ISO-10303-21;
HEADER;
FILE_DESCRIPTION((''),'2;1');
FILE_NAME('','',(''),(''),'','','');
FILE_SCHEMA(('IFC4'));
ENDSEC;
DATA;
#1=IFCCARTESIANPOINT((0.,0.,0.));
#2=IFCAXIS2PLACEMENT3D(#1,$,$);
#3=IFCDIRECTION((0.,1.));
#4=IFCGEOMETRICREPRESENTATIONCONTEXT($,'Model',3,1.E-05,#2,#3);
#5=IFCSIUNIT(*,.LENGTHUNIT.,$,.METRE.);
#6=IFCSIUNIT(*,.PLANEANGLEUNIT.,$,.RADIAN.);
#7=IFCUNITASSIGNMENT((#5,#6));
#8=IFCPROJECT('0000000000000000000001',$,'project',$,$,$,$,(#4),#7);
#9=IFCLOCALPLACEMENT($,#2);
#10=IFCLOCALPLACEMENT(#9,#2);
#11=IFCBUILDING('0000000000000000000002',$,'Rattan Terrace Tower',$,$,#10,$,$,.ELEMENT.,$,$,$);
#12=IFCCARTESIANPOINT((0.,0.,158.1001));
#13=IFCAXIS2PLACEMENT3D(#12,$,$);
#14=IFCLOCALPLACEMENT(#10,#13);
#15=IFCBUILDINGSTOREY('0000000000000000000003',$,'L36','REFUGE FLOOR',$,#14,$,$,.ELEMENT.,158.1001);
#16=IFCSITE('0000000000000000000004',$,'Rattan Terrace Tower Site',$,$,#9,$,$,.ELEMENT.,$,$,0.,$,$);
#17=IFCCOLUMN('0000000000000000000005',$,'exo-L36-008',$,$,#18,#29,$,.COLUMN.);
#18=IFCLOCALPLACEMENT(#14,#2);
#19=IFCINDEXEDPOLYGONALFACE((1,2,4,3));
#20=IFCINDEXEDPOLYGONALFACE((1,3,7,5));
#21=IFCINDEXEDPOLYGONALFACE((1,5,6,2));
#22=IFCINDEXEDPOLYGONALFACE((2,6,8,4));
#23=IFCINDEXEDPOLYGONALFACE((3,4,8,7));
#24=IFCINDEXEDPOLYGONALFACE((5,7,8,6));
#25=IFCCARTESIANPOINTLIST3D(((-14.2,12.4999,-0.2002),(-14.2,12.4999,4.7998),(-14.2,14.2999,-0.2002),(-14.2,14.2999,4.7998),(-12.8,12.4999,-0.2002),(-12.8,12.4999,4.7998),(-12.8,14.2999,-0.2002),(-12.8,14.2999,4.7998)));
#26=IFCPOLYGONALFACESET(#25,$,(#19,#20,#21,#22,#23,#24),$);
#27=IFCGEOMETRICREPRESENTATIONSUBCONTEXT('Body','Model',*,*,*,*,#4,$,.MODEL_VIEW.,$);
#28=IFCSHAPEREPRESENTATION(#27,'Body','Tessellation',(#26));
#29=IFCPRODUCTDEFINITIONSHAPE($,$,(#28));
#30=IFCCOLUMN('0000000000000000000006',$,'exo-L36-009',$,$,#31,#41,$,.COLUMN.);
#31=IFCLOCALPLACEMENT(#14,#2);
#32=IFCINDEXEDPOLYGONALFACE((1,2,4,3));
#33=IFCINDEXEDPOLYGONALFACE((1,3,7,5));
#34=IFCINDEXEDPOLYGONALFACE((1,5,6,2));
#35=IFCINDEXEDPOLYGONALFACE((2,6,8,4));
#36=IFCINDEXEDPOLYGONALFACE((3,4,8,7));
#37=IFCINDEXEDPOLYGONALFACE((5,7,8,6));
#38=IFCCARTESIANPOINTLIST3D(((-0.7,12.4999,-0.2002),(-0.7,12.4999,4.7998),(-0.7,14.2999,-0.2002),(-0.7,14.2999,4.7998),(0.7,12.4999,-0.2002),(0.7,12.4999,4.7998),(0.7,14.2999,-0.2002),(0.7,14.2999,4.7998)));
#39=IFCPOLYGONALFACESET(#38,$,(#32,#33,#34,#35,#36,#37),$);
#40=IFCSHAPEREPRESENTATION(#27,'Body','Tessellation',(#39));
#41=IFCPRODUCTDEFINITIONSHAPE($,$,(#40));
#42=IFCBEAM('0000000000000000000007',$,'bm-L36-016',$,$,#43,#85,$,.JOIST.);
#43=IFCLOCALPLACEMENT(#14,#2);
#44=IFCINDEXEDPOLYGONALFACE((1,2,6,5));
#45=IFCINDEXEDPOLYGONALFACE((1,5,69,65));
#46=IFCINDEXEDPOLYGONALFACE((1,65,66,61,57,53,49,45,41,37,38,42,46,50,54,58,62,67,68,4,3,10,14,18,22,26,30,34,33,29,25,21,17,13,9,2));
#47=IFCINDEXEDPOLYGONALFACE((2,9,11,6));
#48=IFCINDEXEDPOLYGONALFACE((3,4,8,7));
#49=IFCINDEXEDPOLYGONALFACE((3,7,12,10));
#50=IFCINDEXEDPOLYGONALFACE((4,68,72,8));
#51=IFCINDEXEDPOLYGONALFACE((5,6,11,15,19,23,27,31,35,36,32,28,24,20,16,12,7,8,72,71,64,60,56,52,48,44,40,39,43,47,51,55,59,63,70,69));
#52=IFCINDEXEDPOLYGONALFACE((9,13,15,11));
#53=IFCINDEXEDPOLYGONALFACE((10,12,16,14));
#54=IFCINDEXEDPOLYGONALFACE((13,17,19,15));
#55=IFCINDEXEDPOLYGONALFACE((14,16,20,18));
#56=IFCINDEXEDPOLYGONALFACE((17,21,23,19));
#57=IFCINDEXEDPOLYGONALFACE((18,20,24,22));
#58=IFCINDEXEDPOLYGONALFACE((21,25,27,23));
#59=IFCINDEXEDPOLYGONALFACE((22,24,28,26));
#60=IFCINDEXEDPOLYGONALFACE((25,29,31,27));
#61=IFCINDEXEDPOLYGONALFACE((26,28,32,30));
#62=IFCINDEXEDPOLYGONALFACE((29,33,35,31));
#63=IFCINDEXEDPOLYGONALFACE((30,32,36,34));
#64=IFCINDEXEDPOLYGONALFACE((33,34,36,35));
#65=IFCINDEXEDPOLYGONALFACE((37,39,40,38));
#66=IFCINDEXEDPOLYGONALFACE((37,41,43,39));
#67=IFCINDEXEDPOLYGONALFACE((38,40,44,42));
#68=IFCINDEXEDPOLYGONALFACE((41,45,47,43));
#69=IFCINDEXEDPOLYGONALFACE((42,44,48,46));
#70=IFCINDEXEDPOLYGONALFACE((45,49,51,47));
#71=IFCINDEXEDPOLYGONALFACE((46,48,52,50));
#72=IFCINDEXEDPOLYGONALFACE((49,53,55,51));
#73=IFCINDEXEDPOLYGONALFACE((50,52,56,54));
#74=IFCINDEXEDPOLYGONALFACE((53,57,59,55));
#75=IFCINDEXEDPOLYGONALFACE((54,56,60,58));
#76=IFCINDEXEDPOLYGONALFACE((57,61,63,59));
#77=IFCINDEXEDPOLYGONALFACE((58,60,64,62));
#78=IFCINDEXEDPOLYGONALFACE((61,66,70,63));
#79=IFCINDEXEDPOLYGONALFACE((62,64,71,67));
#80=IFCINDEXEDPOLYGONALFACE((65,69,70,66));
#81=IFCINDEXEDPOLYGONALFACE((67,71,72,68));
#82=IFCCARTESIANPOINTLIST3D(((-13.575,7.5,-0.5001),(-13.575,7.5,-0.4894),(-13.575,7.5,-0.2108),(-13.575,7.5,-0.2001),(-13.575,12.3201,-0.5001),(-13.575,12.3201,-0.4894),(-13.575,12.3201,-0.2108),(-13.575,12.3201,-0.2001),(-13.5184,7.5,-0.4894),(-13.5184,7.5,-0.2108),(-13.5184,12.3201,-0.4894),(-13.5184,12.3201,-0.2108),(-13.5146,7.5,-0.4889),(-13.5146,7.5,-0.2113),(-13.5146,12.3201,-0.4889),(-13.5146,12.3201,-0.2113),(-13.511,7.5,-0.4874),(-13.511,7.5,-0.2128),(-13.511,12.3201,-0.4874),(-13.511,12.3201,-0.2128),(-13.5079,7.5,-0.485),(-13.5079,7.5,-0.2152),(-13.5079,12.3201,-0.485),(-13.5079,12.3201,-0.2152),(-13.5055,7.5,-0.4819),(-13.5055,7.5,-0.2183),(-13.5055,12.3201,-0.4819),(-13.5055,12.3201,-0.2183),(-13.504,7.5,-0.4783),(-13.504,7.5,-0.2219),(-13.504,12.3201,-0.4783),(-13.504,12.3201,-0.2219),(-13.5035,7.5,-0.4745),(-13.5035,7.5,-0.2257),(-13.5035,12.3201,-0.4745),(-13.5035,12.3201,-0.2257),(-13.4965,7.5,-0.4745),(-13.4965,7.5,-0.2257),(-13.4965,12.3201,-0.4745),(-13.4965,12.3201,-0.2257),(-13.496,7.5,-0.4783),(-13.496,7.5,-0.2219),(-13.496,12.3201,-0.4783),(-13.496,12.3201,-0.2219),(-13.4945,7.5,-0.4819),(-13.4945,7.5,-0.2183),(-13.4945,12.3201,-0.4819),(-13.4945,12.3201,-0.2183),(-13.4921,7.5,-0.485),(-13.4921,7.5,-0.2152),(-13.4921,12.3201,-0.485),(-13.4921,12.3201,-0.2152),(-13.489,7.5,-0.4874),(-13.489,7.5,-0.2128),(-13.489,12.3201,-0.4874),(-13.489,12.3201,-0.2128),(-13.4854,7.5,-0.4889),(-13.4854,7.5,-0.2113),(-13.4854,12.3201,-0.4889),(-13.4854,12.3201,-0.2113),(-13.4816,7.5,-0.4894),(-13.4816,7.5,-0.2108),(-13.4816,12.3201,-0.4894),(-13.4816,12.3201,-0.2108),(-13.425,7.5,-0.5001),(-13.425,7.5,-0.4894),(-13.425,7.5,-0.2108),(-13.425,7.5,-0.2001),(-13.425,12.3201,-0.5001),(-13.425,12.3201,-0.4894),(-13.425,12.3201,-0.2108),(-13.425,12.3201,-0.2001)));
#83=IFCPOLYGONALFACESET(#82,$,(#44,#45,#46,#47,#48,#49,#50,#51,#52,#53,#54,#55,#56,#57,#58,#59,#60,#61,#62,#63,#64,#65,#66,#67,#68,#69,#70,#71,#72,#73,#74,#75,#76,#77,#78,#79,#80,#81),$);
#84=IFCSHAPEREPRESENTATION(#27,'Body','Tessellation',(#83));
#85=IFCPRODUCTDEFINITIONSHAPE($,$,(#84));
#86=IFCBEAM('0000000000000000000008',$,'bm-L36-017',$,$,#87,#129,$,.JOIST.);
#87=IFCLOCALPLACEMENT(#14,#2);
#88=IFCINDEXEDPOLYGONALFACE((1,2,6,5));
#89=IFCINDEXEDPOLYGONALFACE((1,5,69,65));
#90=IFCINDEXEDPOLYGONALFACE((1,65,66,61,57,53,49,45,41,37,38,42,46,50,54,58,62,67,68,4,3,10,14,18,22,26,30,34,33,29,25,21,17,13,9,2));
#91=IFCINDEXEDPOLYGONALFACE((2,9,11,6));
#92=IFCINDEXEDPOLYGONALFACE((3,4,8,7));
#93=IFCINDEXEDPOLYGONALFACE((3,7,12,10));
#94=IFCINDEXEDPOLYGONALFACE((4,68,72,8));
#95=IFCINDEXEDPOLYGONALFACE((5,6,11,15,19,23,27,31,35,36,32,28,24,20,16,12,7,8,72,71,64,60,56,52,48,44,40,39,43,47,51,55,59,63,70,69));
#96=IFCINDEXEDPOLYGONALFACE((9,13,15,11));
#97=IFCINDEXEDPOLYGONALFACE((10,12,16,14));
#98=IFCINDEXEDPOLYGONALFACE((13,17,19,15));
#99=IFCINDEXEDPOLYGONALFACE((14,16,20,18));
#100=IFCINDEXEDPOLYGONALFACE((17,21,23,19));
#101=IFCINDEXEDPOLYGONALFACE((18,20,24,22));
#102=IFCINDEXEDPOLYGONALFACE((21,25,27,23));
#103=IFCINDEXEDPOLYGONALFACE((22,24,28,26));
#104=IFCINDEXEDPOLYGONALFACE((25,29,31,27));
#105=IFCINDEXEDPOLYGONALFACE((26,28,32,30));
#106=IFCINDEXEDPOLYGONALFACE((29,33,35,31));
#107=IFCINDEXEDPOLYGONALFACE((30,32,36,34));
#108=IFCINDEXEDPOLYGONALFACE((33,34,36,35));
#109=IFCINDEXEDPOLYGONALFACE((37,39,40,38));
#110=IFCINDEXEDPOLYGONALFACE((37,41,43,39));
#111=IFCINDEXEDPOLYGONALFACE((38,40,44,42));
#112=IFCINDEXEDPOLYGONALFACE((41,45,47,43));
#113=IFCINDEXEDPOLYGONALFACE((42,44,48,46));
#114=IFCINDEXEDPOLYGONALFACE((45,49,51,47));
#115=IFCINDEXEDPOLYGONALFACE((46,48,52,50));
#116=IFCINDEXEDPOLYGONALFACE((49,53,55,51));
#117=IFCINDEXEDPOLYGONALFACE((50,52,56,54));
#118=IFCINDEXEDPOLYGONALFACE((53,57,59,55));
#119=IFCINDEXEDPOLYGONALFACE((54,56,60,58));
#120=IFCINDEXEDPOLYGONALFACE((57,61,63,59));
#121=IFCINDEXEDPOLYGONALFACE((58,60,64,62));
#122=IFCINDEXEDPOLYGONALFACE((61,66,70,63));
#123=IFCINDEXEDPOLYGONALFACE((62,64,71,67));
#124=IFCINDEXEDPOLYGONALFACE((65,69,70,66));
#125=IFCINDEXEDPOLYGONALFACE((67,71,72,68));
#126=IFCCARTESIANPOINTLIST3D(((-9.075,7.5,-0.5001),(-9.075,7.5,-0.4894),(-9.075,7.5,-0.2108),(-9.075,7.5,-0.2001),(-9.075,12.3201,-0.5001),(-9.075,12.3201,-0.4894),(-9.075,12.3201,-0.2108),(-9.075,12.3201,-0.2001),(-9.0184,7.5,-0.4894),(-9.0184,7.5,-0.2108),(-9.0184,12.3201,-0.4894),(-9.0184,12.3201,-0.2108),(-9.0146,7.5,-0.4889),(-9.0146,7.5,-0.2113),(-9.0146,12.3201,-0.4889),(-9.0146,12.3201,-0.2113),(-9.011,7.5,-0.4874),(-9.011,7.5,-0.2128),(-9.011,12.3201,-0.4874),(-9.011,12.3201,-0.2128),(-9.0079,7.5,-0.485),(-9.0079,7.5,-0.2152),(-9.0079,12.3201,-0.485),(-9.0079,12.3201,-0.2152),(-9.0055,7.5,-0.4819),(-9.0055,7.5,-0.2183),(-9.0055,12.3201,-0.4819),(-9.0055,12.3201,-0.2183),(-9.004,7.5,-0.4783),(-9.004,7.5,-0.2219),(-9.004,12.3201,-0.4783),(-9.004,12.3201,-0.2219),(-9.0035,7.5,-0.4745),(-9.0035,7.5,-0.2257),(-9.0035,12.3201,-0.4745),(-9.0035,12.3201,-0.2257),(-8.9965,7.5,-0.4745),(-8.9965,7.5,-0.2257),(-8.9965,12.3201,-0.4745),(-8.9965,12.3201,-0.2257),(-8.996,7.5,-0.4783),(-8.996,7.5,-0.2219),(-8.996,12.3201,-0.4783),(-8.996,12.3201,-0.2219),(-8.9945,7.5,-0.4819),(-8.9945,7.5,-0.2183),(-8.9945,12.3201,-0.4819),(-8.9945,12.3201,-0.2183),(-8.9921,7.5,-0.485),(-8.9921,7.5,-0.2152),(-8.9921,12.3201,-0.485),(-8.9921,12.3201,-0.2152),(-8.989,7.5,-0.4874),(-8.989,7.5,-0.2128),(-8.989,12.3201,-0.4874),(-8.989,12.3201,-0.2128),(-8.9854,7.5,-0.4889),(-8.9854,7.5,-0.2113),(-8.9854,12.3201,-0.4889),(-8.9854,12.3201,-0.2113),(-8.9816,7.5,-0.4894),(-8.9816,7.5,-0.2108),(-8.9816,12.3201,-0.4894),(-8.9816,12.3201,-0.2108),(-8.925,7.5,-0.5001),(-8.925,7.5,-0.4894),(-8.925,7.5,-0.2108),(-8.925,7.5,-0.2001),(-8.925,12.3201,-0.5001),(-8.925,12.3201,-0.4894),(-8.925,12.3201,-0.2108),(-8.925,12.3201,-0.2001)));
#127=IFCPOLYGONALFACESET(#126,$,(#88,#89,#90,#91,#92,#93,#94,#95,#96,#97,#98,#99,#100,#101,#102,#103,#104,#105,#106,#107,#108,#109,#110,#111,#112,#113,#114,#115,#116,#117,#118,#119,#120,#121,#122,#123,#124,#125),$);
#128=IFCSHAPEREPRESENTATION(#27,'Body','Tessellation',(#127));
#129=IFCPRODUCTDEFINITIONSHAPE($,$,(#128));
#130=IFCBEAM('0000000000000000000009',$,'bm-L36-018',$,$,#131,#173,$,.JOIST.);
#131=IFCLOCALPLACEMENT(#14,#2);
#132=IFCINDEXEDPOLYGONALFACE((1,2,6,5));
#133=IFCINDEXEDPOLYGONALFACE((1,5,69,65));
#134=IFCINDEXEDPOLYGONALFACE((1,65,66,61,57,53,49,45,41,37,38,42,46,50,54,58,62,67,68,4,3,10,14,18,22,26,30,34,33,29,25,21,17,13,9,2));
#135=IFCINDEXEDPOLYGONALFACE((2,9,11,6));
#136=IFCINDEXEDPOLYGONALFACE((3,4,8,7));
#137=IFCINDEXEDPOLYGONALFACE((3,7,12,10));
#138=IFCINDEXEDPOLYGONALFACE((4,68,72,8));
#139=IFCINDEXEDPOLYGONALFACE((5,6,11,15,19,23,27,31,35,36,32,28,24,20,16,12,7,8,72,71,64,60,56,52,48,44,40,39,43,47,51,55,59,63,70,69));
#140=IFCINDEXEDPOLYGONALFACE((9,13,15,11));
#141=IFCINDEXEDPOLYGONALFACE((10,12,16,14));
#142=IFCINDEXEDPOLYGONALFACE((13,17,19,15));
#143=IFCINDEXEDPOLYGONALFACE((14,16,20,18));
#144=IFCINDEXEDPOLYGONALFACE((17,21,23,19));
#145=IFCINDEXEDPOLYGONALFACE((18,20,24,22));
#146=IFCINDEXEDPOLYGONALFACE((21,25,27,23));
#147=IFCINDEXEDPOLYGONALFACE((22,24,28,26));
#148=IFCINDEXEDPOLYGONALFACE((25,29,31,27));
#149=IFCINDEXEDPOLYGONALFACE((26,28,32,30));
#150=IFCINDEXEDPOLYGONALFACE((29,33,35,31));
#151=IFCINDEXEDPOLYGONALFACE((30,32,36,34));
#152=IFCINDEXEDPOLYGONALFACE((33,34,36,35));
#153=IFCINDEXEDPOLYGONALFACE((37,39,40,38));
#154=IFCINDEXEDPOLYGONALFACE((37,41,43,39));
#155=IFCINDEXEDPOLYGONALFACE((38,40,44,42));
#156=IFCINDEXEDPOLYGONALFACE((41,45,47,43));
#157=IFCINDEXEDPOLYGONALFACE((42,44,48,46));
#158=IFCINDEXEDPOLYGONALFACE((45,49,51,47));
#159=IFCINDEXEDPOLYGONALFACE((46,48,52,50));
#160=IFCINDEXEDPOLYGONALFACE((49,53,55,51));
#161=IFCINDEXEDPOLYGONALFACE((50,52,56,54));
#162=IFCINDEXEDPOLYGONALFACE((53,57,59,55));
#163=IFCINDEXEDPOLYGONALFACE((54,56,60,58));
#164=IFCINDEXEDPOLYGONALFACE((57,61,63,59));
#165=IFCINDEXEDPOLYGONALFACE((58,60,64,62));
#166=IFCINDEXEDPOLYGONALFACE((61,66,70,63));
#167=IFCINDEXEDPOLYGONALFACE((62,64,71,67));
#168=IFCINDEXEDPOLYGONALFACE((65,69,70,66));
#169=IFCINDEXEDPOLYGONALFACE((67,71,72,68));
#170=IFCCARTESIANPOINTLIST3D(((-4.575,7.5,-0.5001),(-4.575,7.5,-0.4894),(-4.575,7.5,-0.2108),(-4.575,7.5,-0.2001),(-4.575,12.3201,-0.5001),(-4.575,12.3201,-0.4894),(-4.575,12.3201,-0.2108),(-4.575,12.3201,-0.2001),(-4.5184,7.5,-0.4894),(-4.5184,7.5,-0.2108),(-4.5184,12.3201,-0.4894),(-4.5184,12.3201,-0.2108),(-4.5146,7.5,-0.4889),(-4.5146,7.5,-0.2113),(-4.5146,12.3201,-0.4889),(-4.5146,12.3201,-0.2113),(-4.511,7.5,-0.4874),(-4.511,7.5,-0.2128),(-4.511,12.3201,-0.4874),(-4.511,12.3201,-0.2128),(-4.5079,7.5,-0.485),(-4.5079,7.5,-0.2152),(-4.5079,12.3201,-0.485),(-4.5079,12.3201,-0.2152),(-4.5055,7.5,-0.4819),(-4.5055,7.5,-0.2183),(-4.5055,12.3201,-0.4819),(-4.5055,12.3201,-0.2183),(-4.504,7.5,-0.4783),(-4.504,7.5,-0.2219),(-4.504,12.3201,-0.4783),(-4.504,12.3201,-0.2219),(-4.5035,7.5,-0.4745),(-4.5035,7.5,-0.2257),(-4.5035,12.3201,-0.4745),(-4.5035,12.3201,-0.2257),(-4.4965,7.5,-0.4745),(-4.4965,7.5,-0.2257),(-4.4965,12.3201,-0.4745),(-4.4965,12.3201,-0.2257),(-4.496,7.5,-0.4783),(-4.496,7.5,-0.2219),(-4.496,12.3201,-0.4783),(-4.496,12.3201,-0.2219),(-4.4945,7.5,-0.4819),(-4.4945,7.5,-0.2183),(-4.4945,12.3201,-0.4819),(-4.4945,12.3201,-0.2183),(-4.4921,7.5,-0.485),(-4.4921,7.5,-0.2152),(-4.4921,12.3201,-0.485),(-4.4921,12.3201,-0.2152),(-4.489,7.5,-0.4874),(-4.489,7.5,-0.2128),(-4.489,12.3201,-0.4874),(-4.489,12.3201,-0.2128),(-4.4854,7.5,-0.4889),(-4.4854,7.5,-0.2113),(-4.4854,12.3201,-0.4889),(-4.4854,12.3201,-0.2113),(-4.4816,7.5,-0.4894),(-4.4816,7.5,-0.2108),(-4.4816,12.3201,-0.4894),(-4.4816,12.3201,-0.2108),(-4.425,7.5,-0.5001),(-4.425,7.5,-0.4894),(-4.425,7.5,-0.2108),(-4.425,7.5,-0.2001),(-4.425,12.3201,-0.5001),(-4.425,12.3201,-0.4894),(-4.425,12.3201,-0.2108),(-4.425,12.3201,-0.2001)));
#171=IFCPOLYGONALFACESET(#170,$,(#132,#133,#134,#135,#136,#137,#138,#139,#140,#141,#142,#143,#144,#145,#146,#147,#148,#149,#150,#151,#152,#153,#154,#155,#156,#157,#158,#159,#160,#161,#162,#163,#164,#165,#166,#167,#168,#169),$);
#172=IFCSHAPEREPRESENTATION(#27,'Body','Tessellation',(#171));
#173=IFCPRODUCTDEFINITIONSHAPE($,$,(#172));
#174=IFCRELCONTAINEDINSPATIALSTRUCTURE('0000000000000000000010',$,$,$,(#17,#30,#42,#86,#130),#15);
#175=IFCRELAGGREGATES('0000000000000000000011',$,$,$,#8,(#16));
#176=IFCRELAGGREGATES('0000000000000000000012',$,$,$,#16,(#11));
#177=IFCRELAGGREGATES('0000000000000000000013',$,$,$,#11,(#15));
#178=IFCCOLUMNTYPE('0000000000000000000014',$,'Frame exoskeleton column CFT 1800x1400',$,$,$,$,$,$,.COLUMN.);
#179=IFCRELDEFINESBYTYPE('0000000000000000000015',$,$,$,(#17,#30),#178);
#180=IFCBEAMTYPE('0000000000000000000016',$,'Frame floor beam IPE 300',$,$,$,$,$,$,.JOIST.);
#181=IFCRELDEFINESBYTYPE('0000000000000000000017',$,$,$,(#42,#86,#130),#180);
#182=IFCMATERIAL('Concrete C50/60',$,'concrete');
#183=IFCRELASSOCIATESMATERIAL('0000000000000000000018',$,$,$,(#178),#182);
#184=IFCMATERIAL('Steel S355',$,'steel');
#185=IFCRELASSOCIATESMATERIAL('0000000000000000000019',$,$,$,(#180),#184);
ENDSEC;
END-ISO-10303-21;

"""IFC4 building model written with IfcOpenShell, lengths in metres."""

from ifc_helpers import new_model, si_unit, direction, frame, origin, origin_2d, place, context, subcontext, project, spatial, rectangle, i_section, extrude, material, material_profile, profile_set, type_object, element, save


model = new_model("IFC4")

# Units and contexts
model_context = context("Model", 3, precision=1e-05, world=origin(), true_north=direction((0.0, 1.0)))
body_context = subcontext(model_context, "Body", "Model", "MODEL_VIEW")
ifc_project = project(units=[si_unit("LENGTHUNIT", "METRE"), si_unit("PLANEANGLEUNIT", "RADIAN")], contexts=[model_context])

# Site, building, storey
site_placement = place(None, origin())
site = spatial("IfcSite", under=ifc_project, at=site_placement, Name="Rattan Terrace Tower Site", CompositionType="ELEMENT", RefElevation=0.0)
building_placement = place(site_placement, origin())
building = spatial("IfcBuilding", under=site, at=building_placement, Name="Rattan Terrace Tower", CompositionType="ELEMENT")
storey_placement = place(building_placement, frame((0.0, 0.0, 158.1001)))
storey = spatial("IfcBuildingStorey", under=building, at=storey_placement, Name="L36", Description="REFUGE FLOOR", CompositionType="ELEMENT", Elevation=158.1001)

# Columns
ifc_material_1 = material(Name="Concrete C50/60", Category="concrete")
ifc_material_profile_1 = material_profile(ifc_material_1, rectangle(XDim=1.3999, YDim=1.8, at=origin_2d()), Name="CFT 1800x1400")
ifc_profile_set_1 = profile_set([ifc_material_profile_1], Name="Concrete C50/60")
column_type = type_object("IfcColumnType", Name="Frame exoskeleton column CFT 1800x1400", PredefinedType="COLUMN", material=ifc_profile_set_1)
for number, where, z_axis, x_axis, name in (
    (1, (-13.5, 13.3999, -0.2002), (0.0, 0.0, 1.0), (1.0, 0.0, 0.0), "exo-L36-008"),
    (2, (0.0, 13.3999, -0.2002), (0.0, 0.0, 1.0), (1.0, 0.0, 0.0), "exo-L36-009"),
):
    element("IfcColumn", number, at=place(storey_placement, frame(where, z_axis=z_axis, x_axis=x_axis)), inside=storey, type_object=column_type, Name=name, PredefinedType="COLUMN", context=body_context, shape_type="SweptSolid", body=[
        extrude(rectangle(XDim=1.3999, YDim=1.8, at=origin_2d()), origin(), (0.0, 0.0, 1.0), 5.0),
    ])

# Beams
ifc_material_2 = material(Name="Steel S355", Category="steel")
ifc_material_profile_2 = material_profile(ifc_material_2, i_section(OverallWidth=0.1499, OverallDepth=0.3, WebThickness=0.0071, FlangeThickness=0.0107, FilletRadius=0.0149, at=origin_2d()), Name="IPE 300")
ifc_profile_set_2 = profile_set([ifc_material_profile_2], Name="Steel S355")
beam_type_1 = type_object("IfcBeamType", Name="Frame floor beam IPE 300", PredefinedType="JOIST", material=ifc_profile_set_2)
for number, where, z_axis, x_axis, name in (
    (3, (-13.5, 7.5, -0.3501), (0.0, 1.0, 0.0), (-1.0, 0.0, 0.0), "bm-L36-016"),
    (4, (-9.0, 7.5, -0.3501), (0.0, 1.0, 0.0), (-1.0, 0.0, 0.0), "bm-L36-017"),
    (5, (-4.5, 7.5, -0.3501), (0.0, 1.0, 0.0), (-1.0, 0.0, 0.0), "bm-L36-018"),
):
    element("IfcBeam", number, at=place(storey_placement, frame(where, z_axis=z_axis, x_axis=x_axis)), inside=storey, type_object=beam_type_1, Name=name, PredefinedType="JOIST", context=body_context, shape_type="SweptSolid", body=[
        extrude(i_section(OverallWidth=0.1499, OverallDepth=0.3, WebThickness=0.0071, FlangeThickness=0.0107, FilletRadius=0.0149, at=origin_2d()), origin(), (0.0, 0.0, 1.0), 4.8201),
    ])

save(model, "model.ifc")
